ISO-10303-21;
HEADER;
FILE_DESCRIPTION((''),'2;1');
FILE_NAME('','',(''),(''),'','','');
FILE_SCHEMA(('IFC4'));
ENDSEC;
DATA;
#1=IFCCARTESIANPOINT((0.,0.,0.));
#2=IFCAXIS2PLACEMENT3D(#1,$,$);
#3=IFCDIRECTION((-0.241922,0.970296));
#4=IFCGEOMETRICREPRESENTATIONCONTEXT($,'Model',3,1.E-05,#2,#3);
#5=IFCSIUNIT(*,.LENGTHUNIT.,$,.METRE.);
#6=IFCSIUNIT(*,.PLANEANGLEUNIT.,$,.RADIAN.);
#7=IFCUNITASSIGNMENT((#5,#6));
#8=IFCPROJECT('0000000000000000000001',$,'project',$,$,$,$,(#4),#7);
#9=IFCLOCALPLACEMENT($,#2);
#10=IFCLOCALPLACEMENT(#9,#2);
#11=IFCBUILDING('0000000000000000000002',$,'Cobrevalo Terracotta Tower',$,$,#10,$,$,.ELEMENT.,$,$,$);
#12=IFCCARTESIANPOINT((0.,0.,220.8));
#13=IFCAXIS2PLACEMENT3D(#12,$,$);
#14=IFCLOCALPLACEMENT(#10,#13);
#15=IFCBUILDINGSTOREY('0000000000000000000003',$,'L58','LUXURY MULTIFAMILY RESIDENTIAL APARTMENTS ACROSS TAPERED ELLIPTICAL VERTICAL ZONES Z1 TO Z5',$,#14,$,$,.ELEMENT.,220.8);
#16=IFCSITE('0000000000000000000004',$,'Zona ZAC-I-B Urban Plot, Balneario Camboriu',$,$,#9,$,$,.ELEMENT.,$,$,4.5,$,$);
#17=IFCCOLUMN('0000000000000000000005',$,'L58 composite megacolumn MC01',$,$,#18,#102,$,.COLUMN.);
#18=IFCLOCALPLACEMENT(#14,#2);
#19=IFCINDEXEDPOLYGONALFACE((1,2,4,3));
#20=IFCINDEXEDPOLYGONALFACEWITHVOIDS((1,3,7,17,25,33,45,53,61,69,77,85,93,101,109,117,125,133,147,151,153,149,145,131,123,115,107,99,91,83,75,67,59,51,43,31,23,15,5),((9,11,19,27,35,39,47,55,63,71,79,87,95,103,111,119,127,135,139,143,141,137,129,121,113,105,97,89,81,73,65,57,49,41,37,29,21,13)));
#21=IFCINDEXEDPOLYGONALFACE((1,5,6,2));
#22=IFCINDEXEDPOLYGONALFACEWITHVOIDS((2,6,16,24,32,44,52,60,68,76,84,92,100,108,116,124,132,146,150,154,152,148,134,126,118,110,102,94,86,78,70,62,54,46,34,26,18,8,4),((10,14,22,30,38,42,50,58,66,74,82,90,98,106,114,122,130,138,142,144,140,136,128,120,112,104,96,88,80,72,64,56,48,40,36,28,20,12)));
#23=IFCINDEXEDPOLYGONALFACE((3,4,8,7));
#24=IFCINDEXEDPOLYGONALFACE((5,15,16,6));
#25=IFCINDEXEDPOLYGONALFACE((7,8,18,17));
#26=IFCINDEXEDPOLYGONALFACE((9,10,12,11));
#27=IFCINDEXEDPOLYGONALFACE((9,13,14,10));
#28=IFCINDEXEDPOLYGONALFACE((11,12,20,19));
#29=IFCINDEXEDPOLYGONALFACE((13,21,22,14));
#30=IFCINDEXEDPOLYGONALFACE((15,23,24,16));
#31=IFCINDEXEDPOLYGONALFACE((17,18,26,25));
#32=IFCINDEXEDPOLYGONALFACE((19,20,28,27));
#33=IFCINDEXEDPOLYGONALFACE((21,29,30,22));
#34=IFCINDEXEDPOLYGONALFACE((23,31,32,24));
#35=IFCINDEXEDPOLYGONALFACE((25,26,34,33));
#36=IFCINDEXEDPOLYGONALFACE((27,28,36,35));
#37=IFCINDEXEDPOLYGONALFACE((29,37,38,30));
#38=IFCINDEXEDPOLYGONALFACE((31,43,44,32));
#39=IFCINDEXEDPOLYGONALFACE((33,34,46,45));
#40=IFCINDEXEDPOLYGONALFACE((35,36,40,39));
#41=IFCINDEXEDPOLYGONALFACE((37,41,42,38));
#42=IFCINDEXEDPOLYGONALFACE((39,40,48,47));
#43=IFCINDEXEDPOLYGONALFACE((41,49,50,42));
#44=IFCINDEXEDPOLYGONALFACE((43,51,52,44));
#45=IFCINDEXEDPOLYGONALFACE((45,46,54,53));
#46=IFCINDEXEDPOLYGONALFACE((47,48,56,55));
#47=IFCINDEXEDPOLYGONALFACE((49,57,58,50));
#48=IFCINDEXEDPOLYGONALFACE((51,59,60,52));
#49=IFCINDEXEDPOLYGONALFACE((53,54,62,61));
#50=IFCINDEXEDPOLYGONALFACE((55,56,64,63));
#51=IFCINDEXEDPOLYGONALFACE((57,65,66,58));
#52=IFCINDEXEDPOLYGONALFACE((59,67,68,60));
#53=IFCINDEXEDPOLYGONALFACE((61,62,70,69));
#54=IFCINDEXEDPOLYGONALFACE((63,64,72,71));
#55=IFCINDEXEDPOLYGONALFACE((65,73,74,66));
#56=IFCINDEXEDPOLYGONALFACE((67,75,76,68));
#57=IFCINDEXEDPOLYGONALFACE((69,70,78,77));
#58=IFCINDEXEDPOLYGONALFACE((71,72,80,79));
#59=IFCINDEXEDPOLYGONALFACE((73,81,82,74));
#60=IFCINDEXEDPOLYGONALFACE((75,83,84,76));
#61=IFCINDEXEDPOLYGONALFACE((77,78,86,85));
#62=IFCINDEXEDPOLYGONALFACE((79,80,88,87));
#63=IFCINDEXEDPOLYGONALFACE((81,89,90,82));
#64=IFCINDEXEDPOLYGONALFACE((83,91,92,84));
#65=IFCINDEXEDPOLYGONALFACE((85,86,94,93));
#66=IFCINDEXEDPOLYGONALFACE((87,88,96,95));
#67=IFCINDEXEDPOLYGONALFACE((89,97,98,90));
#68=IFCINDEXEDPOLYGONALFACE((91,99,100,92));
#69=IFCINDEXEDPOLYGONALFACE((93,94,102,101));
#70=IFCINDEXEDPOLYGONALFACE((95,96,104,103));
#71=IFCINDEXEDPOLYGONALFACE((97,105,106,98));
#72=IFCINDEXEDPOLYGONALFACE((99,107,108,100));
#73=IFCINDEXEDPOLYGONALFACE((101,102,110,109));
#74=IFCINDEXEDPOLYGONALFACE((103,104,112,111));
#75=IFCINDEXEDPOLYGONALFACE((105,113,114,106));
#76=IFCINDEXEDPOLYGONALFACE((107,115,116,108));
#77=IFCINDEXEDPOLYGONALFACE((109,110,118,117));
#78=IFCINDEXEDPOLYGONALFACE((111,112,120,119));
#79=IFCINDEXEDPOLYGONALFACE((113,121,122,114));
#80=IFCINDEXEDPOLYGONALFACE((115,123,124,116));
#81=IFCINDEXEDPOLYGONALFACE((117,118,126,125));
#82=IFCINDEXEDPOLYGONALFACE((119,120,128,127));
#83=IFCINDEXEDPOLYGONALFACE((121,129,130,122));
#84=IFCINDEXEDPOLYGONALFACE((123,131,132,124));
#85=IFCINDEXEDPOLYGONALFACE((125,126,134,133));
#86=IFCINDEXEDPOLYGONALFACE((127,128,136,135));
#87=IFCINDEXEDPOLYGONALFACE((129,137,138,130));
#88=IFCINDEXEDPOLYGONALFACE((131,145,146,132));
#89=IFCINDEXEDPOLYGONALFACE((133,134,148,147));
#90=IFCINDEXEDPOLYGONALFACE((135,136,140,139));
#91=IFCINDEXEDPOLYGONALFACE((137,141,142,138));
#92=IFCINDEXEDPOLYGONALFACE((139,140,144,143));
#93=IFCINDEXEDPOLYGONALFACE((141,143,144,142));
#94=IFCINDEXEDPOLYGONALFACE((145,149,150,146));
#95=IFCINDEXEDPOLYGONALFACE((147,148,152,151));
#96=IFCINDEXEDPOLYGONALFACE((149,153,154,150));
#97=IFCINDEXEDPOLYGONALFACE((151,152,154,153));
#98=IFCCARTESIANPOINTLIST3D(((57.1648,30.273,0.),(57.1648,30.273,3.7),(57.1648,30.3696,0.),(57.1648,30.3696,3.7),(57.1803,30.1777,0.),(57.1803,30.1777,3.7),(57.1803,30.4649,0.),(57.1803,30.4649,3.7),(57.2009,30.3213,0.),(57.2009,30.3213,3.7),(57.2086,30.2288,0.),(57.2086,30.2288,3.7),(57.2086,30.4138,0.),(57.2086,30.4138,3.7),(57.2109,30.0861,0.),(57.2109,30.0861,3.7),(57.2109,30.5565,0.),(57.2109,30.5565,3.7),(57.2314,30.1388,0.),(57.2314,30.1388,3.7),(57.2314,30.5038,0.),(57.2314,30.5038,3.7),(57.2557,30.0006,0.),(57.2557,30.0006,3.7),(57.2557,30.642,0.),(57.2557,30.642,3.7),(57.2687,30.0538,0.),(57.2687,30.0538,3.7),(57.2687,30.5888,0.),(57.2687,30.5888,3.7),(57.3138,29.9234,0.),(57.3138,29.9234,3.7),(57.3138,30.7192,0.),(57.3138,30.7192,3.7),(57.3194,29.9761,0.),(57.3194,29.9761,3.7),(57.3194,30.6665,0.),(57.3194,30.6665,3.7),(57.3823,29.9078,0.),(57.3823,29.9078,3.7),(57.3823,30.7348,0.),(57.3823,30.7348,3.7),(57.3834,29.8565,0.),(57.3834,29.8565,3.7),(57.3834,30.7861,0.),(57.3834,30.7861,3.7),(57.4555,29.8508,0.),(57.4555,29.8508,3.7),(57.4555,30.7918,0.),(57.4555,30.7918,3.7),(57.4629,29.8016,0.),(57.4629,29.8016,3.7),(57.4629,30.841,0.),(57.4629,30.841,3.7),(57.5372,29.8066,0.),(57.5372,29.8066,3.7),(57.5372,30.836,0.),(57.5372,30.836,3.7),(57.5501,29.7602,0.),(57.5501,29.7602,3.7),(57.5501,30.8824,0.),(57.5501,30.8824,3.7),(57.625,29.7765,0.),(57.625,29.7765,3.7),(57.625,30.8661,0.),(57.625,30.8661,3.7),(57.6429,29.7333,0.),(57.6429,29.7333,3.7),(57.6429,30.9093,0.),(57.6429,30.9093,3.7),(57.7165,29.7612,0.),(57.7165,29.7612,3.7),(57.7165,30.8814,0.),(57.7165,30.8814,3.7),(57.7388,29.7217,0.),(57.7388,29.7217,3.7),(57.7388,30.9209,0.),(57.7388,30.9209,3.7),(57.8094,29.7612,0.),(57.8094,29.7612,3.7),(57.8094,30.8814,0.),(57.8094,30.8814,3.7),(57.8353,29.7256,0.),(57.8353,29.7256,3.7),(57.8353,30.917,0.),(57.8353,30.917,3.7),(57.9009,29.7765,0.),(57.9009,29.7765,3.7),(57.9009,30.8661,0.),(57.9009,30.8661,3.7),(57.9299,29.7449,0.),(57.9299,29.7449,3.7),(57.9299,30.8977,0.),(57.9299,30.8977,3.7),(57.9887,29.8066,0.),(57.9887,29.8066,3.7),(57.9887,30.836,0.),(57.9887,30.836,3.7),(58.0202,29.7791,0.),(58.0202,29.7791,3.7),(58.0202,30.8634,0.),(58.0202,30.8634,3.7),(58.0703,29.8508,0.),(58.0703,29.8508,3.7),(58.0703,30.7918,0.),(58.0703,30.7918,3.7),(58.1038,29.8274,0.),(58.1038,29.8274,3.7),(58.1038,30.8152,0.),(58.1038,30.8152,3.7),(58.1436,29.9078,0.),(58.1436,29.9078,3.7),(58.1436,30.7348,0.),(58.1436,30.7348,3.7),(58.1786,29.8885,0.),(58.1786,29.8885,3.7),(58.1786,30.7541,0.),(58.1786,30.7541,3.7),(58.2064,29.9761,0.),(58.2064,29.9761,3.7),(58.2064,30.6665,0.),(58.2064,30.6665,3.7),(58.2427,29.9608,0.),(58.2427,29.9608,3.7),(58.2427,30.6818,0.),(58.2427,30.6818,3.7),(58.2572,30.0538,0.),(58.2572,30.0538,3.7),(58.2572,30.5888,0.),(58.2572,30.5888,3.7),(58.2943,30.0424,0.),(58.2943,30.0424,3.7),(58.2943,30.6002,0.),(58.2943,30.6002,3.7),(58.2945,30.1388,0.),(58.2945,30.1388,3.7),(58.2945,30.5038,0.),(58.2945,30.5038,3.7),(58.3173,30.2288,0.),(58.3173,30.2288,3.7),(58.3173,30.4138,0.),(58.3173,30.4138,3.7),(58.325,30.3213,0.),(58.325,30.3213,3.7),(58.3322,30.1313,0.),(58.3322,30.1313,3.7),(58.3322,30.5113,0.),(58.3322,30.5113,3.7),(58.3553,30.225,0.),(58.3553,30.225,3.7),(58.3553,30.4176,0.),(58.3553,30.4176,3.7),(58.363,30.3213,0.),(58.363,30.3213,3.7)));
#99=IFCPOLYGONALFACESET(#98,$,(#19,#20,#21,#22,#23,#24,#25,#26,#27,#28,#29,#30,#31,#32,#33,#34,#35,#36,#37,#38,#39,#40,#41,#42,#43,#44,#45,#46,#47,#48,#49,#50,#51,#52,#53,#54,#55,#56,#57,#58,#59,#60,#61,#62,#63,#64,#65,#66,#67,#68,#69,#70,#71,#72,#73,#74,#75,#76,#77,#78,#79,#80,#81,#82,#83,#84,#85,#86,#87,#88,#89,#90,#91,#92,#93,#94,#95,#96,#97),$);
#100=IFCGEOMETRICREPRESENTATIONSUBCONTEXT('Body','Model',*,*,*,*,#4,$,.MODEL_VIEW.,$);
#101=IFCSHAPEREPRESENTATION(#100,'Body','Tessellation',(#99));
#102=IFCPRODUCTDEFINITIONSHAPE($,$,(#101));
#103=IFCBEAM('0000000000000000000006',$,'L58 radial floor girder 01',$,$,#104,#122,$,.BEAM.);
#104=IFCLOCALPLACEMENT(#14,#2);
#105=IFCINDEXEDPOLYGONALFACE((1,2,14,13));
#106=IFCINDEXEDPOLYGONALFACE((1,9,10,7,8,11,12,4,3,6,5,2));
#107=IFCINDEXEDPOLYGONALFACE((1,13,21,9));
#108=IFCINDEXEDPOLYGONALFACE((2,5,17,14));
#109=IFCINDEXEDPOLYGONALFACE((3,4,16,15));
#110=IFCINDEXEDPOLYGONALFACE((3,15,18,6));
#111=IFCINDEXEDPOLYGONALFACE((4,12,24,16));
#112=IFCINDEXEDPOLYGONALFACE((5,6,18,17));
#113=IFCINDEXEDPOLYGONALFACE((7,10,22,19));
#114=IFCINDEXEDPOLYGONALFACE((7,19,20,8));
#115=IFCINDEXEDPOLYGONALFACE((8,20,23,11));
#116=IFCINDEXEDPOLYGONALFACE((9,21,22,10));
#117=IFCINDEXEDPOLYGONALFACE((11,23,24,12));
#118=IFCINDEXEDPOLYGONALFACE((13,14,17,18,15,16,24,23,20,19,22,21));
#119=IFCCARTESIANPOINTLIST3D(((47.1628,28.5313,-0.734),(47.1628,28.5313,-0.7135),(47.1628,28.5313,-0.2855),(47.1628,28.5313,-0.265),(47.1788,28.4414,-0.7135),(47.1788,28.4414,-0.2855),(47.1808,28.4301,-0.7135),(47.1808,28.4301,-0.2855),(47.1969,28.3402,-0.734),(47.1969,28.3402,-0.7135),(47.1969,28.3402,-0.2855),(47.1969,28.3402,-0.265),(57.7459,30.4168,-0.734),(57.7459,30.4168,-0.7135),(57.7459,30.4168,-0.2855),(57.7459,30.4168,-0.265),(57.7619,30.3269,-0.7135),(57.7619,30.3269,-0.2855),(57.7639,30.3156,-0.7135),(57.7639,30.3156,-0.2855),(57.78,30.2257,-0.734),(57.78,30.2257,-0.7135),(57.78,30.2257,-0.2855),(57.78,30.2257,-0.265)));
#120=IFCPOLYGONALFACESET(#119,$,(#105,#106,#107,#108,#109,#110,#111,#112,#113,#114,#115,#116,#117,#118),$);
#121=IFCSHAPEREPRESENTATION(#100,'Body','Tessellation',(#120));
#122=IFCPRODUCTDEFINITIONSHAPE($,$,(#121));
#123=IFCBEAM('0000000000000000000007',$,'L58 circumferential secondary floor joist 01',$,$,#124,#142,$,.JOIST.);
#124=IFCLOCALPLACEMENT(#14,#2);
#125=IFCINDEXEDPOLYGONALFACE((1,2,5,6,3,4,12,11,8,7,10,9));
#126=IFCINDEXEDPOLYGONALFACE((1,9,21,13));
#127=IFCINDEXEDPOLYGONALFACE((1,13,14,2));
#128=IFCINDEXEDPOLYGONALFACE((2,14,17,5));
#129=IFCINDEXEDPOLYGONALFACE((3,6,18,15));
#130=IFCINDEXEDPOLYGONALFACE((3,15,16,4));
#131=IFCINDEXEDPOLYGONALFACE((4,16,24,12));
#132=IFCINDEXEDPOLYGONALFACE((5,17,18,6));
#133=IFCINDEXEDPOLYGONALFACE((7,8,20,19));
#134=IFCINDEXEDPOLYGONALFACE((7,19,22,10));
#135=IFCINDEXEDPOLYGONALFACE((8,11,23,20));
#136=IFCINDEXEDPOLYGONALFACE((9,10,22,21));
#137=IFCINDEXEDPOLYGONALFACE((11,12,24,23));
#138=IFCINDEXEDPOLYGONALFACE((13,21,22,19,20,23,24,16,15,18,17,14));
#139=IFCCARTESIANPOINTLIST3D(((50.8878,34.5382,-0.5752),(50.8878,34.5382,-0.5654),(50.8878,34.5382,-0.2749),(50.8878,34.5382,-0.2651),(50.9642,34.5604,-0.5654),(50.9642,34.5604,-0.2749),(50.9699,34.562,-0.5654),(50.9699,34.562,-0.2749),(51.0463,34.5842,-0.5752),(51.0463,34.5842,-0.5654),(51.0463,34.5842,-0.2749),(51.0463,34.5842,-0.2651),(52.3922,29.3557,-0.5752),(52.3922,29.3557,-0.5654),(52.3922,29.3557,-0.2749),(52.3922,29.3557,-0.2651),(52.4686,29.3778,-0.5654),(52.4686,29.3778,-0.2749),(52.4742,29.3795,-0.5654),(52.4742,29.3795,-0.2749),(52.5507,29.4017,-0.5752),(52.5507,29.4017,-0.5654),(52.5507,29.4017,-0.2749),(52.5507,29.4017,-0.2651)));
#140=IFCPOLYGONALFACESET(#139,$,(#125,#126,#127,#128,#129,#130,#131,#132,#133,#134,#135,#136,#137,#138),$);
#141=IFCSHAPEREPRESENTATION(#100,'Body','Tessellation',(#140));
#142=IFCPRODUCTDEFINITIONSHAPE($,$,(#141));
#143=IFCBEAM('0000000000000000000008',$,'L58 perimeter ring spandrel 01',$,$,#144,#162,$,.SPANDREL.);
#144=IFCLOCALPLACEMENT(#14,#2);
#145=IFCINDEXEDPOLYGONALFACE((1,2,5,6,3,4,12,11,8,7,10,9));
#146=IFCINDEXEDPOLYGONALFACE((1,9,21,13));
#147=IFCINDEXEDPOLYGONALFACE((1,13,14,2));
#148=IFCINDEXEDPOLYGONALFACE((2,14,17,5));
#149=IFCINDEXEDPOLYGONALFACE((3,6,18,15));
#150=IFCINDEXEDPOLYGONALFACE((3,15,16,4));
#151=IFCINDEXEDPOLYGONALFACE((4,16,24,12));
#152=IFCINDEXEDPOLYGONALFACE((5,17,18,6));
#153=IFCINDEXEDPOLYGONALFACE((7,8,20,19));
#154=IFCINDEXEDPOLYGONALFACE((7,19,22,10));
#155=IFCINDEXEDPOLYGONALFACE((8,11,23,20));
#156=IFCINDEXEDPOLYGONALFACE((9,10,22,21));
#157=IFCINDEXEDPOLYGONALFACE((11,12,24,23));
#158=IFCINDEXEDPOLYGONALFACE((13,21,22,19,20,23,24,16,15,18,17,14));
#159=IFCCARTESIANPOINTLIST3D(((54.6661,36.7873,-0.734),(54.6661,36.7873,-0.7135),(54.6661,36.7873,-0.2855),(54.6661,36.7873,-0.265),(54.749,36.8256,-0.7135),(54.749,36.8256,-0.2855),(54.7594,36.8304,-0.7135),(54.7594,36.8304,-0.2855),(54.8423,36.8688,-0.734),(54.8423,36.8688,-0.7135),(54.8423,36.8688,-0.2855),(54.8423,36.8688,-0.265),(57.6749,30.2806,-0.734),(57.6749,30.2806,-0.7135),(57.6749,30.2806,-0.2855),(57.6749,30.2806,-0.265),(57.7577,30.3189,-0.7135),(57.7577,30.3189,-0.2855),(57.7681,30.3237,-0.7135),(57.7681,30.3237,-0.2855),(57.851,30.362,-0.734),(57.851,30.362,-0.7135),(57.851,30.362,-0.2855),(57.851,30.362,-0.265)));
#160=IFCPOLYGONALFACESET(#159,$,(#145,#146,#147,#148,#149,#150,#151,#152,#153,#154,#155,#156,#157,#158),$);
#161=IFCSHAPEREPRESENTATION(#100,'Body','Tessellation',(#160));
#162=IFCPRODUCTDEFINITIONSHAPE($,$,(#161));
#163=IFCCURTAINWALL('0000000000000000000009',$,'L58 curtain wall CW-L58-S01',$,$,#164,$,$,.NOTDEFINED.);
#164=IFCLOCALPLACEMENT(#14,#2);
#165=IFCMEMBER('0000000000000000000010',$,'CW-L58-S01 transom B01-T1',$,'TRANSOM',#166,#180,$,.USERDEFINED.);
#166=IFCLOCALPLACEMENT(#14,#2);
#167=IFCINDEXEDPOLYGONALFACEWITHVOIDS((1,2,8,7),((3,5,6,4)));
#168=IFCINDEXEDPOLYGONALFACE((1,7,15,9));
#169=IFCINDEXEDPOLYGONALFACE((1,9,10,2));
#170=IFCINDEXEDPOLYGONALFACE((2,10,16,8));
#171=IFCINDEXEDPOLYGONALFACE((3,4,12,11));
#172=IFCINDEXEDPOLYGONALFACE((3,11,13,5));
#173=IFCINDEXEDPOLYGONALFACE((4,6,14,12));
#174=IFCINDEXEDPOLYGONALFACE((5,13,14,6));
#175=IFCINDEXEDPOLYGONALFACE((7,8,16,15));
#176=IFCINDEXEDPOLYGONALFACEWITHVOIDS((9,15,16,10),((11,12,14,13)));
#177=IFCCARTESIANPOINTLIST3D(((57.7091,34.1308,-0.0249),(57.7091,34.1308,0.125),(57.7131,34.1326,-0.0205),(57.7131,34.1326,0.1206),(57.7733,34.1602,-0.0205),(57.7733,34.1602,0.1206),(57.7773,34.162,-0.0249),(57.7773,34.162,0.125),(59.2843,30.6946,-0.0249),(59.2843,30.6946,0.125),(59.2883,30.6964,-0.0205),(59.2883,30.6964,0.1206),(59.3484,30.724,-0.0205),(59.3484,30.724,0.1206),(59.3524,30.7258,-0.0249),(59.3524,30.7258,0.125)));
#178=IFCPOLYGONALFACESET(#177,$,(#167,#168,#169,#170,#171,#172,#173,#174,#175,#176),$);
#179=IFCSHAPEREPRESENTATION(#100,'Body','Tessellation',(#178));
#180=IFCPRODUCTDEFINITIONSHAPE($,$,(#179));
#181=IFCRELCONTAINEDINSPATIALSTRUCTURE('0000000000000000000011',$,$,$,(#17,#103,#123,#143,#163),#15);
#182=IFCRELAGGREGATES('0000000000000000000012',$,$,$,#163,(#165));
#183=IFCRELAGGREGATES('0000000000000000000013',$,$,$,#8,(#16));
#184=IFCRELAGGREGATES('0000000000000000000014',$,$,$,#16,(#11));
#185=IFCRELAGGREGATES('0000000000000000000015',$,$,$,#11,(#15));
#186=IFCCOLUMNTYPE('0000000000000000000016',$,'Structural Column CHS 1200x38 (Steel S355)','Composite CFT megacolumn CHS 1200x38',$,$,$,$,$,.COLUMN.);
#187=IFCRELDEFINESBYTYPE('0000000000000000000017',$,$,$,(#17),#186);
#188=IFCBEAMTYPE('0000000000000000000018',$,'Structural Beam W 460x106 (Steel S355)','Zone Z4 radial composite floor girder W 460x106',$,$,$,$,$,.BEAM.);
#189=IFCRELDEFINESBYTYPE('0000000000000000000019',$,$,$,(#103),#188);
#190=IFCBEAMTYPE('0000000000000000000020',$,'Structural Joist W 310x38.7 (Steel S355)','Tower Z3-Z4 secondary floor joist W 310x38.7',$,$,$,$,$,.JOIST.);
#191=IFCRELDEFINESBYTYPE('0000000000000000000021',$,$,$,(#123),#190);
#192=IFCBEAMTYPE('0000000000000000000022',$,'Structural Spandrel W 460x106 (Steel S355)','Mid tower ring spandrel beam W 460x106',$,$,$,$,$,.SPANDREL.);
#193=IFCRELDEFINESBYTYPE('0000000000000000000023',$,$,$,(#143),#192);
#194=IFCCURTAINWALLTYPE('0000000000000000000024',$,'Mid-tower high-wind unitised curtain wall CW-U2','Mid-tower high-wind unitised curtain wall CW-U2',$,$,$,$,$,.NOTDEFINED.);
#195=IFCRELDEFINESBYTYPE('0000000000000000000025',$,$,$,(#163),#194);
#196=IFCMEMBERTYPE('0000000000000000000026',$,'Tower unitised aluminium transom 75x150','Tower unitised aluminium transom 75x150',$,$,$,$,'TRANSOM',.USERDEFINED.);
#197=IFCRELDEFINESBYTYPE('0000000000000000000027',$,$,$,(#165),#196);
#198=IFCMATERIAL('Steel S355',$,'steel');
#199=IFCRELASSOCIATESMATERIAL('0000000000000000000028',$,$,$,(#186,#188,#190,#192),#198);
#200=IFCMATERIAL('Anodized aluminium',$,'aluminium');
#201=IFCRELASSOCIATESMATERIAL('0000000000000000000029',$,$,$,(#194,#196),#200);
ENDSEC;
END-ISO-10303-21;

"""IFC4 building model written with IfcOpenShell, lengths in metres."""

from ifc_helpers import new_model, si_unit, direction, frame, origin, origin_2d, place, context, subcontext, project, spatial, hollow_rectangle, hollow_circle, i_section, extrude, source, transform, mapped, material, material_profile, profile_set, type_object, element, aggregate, save


model = new_model("IFC4")

# Units and contexts
model_context = context("Model", 3, precision=1e-05, world=origin(), true_north=direction((-0.241922, 0.970296)))
body_context = subcontext(model_context, "Body", "Model", "MODEL_VIEW")
ifc_project = project(units=[si_unit("LENGTHUNIT", "METRE"), si_unit("PLANEANGLEUNIT", "RADIAN")], contexts=[model_context])

# Site, building, storey
site_placement = place(None, origin())
site = spatial("IfcSite", under=ifc_project, at=site_placement, Name="Zona ZAC-I-B Urban Plot, Balneario Camboriu", CompositionType="ELEMENT", RefElevation=4.5)
building_placement = place(site_placement, origin())
building = spatial("IfcBuilding", under=site, at=building_placement, Name="Cobrevalo Terracotta Tower", CompositionType="ELEMENT")
storey_placement = place(building_placement, frame((0.0, 0.0, 220.8)))
storey = spatial("IfcBuildingStorey", under=building, at=storey_placement, Name="L58", Description="LUXURY MULTIFAMILY RESIDENTIAL APARTMENTS ACROSS TAPERED ELLIPTICAL VERTICAL ZONES Z1 TO Z5", CompositionType="ELEMENT", Elevation=220.8)

# Column
ifc_material_1 = material(Name="Steel S355", Category="steel")
ifc_material_profile_1 = material_profile(ifc_material_1, hollow_circle(Radius=0.6001, WallThickness=0.0381, at=origin_2d()), Name="CHS 1200x38")
ifc_profile_set_1 = profile_set([ifc_material_profile_1], Name="Steel S355")
column_type = type_object("IfcColumnType", Name="Structural Column CHS 1200x38 (Steel S355)", Description="Composite CFT megacolumn CHS 1200x38", PredefinedType="COLUMN", material=ifc_profile_set_1)
column_placement = place(storey_placement, frame((57.7629, 30.3213, 0.0), z_axis=(0.0, 0.0, 1.0), x_axis=(1.0, 0.0, 0.0)))
element("IfcColumn", 1, at=column_placement, inside=storey, type_object=column_type, Name="L58 composite megacolumn MC01", PredefinedType="COLUMN", context=body_context, shape_type="SweptSolid", body=[
    extrude(hollow_circle(Radius=0.6001, WallThickness=0.0381, at=origin_2d()), origin(), (0.0, 0.0, 1.0), 3.7),
])

# Beams
ifc_material_profile_2 = material_profile(ifc_material_1, i_section(OverallWidth=0.1941, OverallDepth=0.469, WebThickness=0.0115, FlangeThickness=0.0205, at=origin_2d()), Name="W 460x106")
ifc_profile_set_2 = profile_set([ifc_material_profile_2], Name="Steel S355")
beam_type_1 = type_object("IfcBeamType", Name="Structural Beam W 460x106 (Steel S355)", Description="Zone Z4 radial composite floor girder W 460x106", PredefinedType="BEAM", material=ifc_profile_set_2)
beam_1_placement = place(storey_placement, frame((57.7629, 30.3213, -0.4995), z_axis=(-0.984497, -0.175401, 0.0), x_axis=(0.175401, -0.984497, 0.0)))
element("IfcBeam", 2, at=beam_1_placement, inside=storey, type_object=beam_type_1, Name="L58 radial floor girder 01", PredefinedType="BEAM", context=body_context, shape_type="SweptSolid", body=[
    extrude(i_section(OverallWidth=0.1941, OverallDepth=0.469, WebThickness=0.0115, FlangeThickness=0.0205, at=origin_2d()), origin(), (0.0, 0.0, 1.0), 10.7498),
])
ifc_material_profile_3 = material_profile(ifc_material_1, i_section(OverallWidth=0.165, OverallDepth=0.3101, WebThickness=0.0059, FlangeThickness=0.0098, at=origin_2d()), Name="W 310x38.7")
ifc_profile_set_3 = profile_set([ifc_material_profile_3], Name="Steel S355")
beam_type_2 = type_object("IfcBeamType", Name="Structural Joist W 310x38.7 (Steel S355)", Description="Tower Z3-Z4 secondary floor joist W 310x38.7", PredefinedType="JOIST", material=ifc_profile_set_3)
beam_2_placement = place(storey_placement, frame((52.4714, 29.3787, -0.4202), z_axis=(-0.27877, 0.960358, 0.0), x_axis=(-0.960358, -0.27877, 0.0)))
element("IfcBeam", 3, at=beam_2_placement, inside=storey, type_object=beam_type_2, Name="L58 circumferential secondary floor joist 01", PredefinedType="JOIST", context=body_context, shape_type="SweptSolid", body=[
    extrude(i_section(OverallWidth=0.165, OverallDepth=0.3101, WebThickness=0.0059, FlangeThickness=0.0098, at=origin_2d()), origin(), (0.0, 0.0, 1.0), 5.3965),
])
ifc_material_profile_4 = material_profile(ifc_material_1, i_section(OverallWidth=0.1941, OverallDepth=0.469, WebThickness=0.0115, FlangeThickness=0.0205, at=origin_2d()), Name="W 460x106")
ifc_profile_set_4 = profile_set([ifc_material_profile_4], Name="Steel S355")
beam_type_3 = type_object("IfcBeamType", Name="Structural Spandrel W 460x106 (Steel S355)", Description="Mid tower ring spandrel beam W 460x106", PredefinedType="SPANDREL", material=ifc_profile_set_4)
beam_3_placement = place(storey_placement, frame((57.7629, 30.3213, -0.4995), z_axis=(-0.419706, 0.90766, 0.0), x_axis=(-0.90766, -0.419706, 0.0)))
element("IfcBeam", 4, at=beam_3_placement, inside=storey, type_object=beam_type_3, Name="L58 perimeter ring spandrel 01", PredefinedType="SPANDREL", context=body_context, shape_type="SweptSolid", body=[
    extrude(i_section(OverallWidth=0.1941, OverallDepth=0.469, WebThickness=0.0115, FlangeThickness=0.0205, at=origin_2d()), origin(), (0.0, 0.0, 1.0), 7.1687),
])

# Curtain wall, member
ifc_material_2 = material(Name="Anodized aluminium", Category="aluminium")
curtain_wall_type = type_object("IfcCurtainWallType", Name="Mid-tower high-wind unitised curtain wall CW-U2", Description="Mid-tower high-wind unitised curtain wall CW-U2", PredefinedType="NOTDEFINED", material=ifc_material_2)
curtain_wall_1_placement = place(storey_placement, origin())
curtain_wall_1 = element("IfcCurtainWall", 5, at=curtain_wall_1_placement, inside=storey, type_object=curtain_wall_type, Name="L58 curtain wall CW-L58-S01", PredefinedType="NOTDEFINED")
ifc_material_profile_5 = material_profile(ifc_material_2, hollow_rectangle(XDim=0.075, YDim=0.1499, WallThickness=0.0044, at=origin_2d()), Name="CWT 75x150")
ifc_profile_set_5 = profile_set([ifc_material_profile_5], Name="Anodized aluminium")
member_type_1 = type_object("IfcMemberType", Name="Tower unitised aluminium transom 75x150", Description="Tower unitised aluminium transom 75x150", ElementType="TRANSOM", PredefinedType="USERDEFINED", material=ifc_profile_set_5)
shared_shape_1 = source(origin(), body_context, "Body", "SweptSolid", [
    extrude(hollow_rectangle(XDim=0.075, YDim=0.1499, WallThickness=0.0044, at=origin_2d()), origin(), (0.0, 0.0, 1.0), 3.78),
])
member_1_placement = place(storey_placement, frame((59.3184, 30.7102, 0.05), z_axis=(-0.416706, 0.909041, 0.0), x_axis=(-0.909041, -0.416706, 0.0)))
member_1 = element("IfcMember", 6, at=member_1_placement, type_object=member_type_1, Name="CW-L58-S01 transom B01-T1", ObjectType="TRANSOM", PredefinedType="USERDEFINED", context=body_context, shape_type="MappedRepresentation", body=[
    mapped(shared_shape_1, transform((0.0, 0.0, 0.0), scale=1.0)),
])

aggregate(curtain_wall_1, [member_1])

save(model, "model.ifc")
